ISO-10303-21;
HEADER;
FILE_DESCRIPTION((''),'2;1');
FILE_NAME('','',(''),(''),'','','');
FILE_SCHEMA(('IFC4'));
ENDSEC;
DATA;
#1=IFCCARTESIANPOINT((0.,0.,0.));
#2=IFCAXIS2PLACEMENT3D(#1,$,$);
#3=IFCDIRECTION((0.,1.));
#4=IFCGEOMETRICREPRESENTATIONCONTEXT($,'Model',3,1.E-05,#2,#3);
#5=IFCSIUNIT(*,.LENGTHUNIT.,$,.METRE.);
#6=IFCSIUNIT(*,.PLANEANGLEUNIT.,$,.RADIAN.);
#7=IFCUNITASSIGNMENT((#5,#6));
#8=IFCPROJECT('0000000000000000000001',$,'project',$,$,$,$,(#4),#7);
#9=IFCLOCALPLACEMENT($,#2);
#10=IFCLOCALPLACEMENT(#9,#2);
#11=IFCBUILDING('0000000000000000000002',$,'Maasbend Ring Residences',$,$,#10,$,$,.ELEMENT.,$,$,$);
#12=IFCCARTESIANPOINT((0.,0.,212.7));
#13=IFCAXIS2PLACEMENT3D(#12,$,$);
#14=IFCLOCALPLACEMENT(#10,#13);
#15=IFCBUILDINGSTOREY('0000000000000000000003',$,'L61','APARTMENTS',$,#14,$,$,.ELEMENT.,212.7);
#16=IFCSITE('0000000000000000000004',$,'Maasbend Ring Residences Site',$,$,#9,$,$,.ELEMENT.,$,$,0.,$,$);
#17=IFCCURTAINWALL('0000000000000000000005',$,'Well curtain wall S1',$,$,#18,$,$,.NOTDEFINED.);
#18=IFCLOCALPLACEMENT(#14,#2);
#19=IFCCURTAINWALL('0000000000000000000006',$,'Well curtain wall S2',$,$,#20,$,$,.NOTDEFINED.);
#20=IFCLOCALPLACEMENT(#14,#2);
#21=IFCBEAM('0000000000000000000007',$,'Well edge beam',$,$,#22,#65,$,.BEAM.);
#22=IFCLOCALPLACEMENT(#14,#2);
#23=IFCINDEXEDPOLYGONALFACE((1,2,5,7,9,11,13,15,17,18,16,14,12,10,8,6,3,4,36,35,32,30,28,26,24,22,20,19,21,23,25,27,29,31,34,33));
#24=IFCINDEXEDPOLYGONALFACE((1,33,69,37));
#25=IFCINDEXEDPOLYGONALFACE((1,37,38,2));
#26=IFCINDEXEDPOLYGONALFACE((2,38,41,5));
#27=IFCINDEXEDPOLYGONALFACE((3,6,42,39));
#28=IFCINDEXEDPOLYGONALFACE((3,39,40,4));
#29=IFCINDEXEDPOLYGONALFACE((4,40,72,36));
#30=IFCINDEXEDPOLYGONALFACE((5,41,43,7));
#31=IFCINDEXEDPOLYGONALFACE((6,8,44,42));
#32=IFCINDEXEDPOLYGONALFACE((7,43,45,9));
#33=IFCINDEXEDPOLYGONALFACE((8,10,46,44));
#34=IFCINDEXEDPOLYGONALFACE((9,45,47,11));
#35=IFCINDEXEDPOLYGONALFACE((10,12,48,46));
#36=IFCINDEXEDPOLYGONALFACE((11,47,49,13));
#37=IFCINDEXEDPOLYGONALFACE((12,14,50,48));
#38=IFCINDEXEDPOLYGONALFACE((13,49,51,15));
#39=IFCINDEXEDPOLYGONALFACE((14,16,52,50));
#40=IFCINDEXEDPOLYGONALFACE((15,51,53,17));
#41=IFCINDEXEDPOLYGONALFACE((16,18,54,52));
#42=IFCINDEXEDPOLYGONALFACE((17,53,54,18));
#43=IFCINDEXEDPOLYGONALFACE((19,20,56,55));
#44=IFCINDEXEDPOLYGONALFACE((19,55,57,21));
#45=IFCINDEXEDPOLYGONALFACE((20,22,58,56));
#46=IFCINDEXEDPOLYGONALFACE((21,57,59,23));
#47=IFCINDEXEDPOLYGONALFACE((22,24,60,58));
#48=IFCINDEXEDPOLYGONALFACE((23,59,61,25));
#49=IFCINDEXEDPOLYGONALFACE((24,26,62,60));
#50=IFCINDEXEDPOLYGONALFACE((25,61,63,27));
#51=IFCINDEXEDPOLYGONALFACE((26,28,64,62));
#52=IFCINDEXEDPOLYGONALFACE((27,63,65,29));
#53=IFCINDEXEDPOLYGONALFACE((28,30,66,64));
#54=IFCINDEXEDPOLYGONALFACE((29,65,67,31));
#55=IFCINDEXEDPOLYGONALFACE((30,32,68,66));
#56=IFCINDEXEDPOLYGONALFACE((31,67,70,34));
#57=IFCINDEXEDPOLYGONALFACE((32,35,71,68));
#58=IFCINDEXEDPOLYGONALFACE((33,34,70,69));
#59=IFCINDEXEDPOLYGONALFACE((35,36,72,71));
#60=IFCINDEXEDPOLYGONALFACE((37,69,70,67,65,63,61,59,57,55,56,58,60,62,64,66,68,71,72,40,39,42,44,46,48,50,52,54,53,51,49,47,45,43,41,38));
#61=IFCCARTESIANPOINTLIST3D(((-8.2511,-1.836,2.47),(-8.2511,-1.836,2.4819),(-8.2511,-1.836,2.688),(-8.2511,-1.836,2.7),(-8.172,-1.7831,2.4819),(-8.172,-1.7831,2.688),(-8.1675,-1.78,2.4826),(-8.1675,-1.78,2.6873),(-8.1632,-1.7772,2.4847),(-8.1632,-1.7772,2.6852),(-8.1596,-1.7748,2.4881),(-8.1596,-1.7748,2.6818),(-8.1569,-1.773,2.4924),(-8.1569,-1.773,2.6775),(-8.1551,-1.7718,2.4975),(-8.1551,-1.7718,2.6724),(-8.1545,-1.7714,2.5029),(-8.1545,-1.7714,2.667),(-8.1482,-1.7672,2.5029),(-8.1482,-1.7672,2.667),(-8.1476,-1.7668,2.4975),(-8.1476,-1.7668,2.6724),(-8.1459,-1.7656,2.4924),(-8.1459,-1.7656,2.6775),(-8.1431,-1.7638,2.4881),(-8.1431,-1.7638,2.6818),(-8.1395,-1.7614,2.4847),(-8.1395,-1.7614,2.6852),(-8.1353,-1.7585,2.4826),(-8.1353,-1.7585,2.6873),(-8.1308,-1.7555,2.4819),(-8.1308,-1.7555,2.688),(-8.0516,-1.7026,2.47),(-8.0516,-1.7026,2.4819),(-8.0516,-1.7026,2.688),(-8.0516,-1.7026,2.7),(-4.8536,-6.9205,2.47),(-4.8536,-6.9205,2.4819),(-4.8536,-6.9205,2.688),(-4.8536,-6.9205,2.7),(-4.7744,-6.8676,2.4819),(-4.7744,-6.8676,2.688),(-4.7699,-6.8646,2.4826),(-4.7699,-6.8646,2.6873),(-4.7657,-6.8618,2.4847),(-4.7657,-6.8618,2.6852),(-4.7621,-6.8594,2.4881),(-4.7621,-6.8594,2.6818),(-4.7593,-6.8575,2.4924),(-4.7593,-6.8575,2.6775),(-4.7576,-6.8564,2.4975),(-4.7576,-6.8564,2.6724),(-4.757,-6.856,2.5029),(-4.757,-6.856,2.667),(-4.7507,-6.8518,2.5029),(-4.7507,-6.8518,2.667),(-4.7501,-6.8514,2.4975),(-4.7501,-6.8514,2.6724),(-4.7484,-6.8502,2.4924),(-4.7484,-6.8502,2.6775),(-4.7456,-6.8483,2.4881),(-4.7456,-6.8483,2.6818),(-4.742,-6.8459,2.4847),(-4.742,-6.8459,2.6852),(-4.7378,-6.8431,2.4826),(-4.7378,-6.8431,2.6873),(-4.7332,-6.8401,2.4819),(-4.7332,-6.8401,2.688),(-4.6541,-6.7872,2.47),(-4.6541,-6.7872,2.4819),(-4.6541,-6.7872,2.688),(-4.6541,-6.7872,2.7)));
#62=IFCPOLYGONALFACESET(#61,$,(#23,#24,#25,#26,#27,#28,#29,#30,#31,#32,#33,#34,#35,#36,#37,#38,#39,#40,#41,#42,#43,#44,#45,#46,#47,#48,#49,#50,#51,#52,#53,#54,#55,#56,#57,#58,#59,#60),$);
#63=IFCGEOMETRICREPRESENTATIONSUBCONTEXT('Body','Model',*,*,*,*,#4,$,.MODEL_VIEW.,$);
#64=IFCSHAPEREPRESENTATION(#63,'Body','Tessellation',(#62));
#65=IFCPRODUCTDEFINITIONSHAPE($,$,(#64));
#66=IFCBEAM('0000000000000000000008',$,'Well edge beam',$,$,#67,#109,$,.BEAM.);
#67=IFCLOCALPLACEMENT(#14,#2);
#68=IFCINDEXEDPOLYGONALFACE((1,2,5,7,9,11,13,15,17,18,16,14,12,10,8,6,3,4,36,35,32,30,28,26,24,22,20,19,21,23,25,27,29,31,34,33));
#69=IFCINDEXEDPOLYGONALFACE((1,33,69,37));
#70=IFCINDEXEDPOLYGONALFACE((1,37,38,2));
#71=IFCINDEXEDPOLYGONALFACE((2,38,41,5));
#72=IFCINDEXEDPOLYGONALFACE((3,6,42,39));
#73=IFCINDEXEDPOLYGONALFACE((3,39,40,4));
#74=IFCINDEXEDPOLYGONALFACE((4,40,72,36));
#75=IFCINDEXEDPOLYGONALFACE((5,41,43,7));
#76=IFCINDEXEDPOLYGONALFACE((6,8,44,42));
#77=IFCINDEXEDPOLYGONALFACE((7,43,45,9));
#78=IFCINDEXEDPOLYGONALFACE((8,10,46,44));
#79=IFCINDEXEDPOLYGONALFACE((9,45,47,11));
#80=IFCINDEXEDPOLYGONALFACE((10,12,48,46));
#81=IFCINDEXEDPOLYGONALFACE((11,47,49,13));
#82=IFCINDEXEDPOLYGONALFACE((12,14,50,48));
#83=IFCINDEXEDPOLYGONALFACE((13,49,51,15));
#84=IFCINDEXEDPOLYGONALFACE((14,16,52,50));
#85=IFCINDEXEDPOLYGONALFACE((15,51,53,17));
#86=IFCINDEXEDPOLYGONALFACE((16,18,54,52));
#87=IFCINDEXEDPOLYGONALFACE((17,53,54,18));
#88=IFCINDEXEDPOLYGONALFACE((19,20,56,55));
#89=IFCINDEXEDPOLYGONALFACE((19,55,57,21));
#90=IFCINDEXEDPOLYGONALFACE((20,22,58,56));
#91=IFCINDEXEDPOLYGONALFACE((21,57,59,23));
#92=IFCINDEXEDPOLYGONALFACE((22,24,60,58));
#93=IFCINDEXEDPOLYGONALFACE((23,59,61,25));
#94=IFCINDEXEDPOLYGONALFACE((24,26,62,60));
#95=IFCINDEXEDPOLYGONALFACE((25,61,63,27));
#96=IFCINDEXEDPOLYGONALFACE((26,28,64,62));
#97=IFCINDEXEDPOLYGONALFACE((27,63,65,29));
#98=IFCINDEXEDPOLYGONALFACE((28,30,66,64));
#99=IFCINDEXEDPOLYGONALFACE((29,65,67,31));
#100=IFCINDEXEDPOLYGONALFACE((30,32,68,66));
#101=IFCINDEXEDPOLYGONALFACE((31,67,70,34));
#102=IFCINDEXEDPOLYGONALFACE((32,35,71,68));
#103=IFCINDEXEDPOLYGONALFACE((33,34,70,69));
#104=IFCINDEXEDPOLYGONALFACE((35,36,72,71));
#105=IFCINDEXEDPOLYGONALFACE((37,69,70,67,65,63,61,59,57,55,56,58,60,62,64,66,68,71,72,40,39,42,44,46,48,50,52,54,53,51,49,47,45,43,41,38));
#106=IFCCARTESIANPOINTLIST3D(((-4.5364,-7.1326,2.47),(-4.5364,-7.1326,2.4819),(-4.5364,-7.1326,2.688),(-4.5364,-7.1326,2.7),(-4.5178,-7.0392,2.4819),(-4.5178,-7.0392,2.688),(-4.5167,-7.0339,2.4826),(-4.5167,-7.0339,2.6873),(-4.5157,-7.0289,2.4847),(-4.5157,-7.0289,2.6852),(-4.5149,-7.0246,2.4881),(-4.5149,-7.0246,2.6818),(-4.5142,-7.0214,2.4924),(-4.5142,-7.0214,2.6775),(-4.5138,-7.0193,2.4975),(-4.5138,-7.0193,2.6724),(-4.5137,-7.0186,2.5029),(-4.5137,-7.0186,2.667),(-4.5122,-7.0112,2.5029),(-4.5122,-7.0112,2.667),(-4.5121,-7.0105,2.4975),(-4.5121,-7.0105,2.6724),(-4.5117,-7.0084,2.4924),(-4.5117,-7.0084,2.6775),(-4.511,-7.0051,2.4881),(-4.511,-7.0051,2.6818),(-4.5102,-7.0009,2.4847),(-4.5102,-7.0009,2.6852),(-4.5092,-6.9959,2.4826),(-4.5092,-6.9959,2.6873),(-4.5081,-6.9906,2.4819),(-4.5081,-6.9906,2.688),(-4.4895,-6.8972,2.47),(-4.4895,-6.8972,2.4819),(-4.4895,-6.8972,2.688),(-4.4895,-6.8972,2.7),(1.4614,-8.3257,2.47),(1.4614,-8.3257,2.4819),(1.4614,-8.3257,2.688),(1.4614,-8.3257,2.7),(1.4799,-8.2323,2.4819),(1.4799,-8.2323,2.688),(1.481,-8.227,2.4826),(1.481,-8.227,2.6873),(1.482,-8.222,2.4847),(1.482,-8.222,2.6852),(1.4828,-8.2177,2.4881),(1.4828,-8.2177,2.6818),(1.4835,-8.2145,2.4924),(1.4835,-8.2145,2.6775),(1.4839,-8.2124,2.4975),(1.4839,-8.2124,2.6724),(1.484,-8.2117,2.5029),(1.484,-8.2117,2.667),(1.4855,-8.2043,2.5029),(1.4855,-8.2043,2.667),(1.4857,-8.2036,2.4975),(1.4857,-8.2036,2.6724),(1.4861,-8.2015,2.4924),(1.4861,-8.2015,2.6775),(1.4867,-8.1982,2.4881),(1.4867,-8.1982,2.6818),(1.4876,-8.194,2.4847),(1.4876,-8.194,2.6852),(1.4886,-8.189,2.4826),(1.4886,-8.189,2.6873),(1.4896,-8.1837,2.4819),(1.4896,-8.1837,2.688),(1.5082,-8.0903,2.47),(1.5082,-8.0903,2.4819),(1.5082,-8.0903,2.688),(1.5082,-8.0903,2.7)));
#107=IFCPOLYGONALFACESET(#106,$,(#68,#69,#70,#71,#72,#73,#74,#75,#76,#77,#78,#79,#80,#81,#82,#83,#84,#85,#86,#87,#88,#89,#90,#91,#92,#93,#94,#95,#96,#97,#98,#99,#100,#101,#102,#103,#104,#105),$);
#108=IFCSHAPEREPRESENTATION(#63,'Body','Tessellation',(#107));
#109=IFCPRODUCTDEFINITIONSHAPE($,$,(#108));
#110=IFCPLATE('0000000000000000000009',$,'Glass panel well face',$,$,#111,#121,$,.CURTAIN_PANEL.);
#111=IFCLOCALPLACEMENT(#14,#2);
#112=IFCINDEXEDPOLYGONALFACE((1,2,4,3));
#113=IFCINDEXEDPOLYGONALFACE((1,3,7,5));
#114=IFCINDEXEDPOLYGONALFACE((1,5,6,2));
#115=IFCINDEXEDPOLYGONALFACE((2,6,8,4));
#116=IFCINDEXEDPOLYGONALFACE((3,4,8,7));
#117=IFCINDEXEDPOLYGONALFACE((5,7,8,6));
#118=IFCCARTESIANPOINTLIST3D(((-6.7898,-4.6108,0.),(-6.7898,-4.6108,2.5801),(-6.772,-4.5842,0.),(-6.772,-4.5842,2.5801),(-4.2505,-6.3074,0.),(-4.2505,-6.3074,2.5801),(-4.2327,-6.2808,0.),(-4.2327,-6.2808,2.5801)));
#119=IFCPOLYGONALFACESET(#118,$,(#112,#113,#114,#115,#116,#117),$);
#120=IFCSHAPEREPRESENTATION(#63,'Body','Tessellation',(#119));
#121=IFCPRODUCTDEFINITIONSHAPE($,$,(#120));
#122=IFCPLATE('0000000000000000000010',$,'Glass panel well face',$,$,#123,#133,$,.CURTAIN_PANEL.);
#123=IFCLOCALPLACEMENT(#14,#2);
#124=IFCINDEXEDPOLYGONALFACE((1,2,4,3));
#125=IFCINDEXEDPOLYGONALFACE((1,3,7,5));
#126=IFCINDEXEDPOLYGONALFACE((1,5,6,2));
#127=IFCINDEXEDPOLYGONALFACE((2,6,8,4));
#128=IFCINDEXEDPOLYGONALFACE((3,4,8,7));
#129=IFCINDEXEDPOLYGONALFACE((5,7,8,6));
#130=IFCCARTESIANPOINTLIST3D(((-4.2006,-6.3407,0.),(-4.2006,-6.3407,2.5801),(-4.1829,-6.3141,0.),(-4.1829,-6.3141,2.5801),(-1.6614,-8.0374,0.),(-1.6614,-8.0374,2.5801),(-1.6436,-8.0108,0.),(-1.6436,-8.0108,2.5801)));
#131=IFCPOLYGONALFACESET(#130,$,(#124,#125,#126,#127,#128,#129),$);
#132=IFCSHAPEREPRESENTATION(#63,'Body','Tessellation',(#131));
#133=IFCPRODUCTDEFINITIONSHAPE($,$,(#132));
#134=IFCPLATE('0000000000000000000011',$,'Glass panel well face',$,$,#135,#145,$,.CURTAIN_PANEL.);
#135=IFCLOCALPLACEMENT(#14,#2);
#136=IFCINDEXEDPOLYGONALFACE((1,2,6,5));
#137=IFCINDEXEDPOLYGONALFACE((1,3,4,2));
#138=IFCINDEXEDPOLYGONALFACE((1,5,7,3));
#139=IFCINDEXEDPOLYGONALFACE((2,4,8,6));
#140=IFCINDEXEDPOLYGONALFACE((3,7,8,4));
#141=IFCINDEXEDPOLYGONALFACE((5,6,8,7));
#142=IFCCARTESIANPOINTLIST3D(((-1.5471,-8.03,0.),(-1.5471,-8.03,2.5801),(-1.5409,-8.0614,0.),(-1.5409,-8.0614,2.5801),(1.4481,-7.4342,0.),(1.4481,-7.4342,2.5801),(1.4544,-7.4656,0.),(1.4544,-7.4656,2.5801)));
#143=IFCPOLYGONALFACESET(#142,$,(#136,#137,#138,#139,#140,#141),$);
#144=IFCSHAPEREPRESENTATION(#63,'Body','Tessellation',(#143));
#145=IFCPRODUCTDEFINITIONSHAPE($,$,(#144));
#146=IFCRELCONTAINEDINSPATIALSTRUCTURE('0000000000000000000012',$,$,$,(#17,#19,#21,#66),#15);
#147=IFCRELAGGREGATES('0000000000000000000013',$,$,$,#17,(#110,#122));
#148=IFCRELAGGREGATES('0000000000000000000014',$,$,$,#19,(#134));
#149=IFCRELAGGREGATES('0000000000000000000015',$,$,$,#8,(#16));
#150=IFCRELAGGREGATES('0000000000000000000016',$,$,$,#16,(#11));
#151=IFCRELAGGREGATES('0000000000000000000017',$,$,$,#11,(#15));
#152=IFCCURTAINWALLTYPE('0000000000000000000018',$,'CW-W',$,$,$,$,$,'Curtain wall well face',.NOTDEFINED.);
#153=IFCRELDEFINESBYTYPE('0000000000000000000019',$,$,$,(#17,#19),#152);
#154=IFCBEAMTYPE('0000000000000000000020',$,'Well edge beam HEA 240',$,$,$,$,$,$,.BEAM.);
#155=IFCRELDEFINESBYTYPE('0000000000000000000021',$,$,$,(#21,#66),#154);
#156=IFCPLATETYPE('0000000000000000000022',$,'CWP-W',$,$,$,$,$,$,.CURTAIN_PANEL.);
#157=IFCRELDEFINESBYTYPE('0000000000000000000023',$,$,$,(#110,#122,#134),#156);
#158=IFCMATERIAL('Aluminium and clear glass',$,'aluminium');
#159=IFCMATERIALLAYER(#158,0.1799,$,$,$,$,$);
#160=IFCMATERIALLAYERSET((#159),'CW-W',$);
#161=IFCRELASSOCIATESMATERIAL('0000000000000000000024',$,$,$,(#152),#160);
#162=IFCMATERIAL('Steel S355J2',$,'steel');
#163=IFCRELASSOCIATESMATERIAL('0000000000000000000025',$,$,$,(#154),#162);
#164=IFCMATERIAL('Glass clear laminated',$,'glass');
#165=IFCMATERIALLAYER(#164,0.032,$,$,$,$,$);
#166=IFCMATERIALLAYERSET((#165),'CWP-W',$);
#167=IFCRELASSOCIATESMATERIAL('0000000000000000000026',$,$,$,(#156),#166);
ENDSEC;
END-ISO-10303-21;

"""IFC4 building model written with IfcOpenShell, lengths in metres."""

from ifc_helpers import new_model, si_unit, direction, frame, origin, origin_2d, place, context, subcontext, project, spatial, rectangle, i_section, extrude, material, layer, layer_set, material_profile, profile_set, type_object, element, aggregate, save


model = new_model("IFC4")

# Units and contexts
model_context = context("Model", 3, precision=1e-05, world=origin(), true_north=direction((0.0, 1.0)))
body_context = subcontext(model_context, "Body", "Model", "MODEL_VIEW")
ifc_project = project(units=[si_unit("LENGTHUNIT", "METRE"), si_unit("PLANEANGLEUNIT", "RADIAN")], contexts=[model_context])

# Site, building, storey
site_placement = place(None, origin())
site = spatial("IfcSite", under=ifc_project, at=site_placement, Name="Maasbend Ring Residences Site", CompositionType="ELEMENT", RefElevation=0.0)
building_placement = place(site_placement, origin())
building = spatial("IfcBuilding", under=site, at=building_placement, Name="Maasbend Ring Residences", CompositionType="ELEMENT")
storey_placement = place(building_placement, frame((0.0, 0.0, 212.7)))
storey = spatial("IfcBuildingStorey", under=building, at=storey_placement, Name="L61", Description="APARTMENTS", CompositionType="ELEMENT", Elevation=212.7)

# Curtain wall
ifc_material_1 = material(Name="Aluminium and clear glass", Category="aluminium")
ifc_layer_1 = layer(ifc_material_1, 0.1799)
ifc_layer_set_1 = layer_set([ifc_layer_1], Name="CW-W")
curtain_wall_type = type_object("IfcCurtainWallType", Name="CW-W", ElementType="Curtain wall well face", PredefinedType="NOTDEFINED", material=ifc_layer_set_1)
curtain_wall_1_placement = place(storey_placement, origin())
curtain_wall_1 = element("IfcCurtainWall", 1, at=curtain_wall_1_placement, inside=storey, type_object=curtain_wall_type, Name="Well curtain wall S1", PredefinedType="NOTDEFINED")

# Curtain wall
curtain_wall_2_placement = place(storey_placement, origin())
curtain_wall_2 = element("IfcCurtainWall", 2, at=curtain_wall_2_placement, inside=storey, type_object=curtain_wall_type, Name="Well curtain wall S2", PredefinedType="NOTDEFINED")

# Beams
ifc_material_2 = material(Name="Steel S355J2", Category="steel")
ifc_material_profile_1 = material_profile(ifc_material_2, i_section(OverallWidth=0.24, OverallDepth=0.23, WebThickness=0.0076, FlangeThickness=0.012, FilletRadius=0.021, at=origin_2d()), Name="HEA 240")
ifc_profile_set_1 = profile_set([ifc_material_profile_1], Name="Steel S355J2")
beam_type = type_object("IfcBeamType", Name="Well edge beam HEA 240", PredefinedType="BEAM", material=ifc_profile_set_1)
for number, where, z_axis, x_axis, name in (
    (3, (-8.1514, -1.7693, 2.585), (0.555584, -0.83146, 0.0), (0.83146, 0.555584, 0.0), "Well edge beam"),
    (4, (-4.5129, -7.0149, 2.585), (0.980783, -0.195103, 0.0), (0.195103, 0.980783, 0.0), "Well edge beam"),
):
    element("IfcBeam", number, at=place(storey_placement, frame(where, z_axis=z_axis, x_axis=x_axis)), inside=storey, type_object=beam_type, Name=name, PredefinedType="BEAM", context=body_context, shape_type="SweptSolid", body=[
        extrude(i_section(OverallWidth=0.24, OverallDepth=0.23, WebThickness=0.0076, FlangeThickness=0.012, FilletRadius=0.021, at=origin_2d()), origin(), (0.0, 0.0, 1.0), 6.1152),
    ])

# Plates
ifc_material_3 = material(Name="Glass clear laminated", Category="glass")
ifc_layer_2 = layer(ifc_material_3, 0.032)
ifc_layer_set_2 = layer_set([ifc_layer_2], Name="CWP-W")
plate_type = type_object("IfcPlateType", Name="CWP-W", PredefinedType="CURTAIN_PANEL", material=ifc_layer_set_2)
plate_1_placement = place(storey_placement, frame((-5.5112, -5.4458, 0.0), z_axis=(0.0, 0.0, 1.0), x_axis=(0.83147, -0.55557, 0.0)))
plate_1 = element("IfcPlate", 5, at=plate_1_placement, type_object=plate_type, Name="Glass panel well face", PredefinedType="CURTAIN_PANEL", context=body_context, shape_type="SweptSolid", body=[
    extrude(rectangle(XDim=3.054, YDim=0.032, at=origin_2d()), origin(), (0.0, 0.0, 1.0), 2.5801),
])
plate_2_placement = place(storey_placement, frame((-2.9221, -7.1758, 0.0), z_axis=(0.0, 0.0, 1.0), x_axis=(0.83147, -0.55557, 0.0)))
plate_2 = element("IfcPlate", 6, at=plate_2_placement, type_object=plate_type, Name="Glass panel well face", PredefinedType="CURTAIN_PANEL", context=body_context, shape_type="SweptSolid", body=[
    extrude(rectangle(XDim=3.054, YDim=0.032, at=origin_2d()), origin(), (0.0, 0.0, 1.0), 2.5801),
])
aggregate(curtain_wall_1, [plate_1, plate_2])
plate_3_placement = place(storey_placement, frame((-0.0464, -7.7478, 0.0), z_axis=(0.0, 0.0, 1.0), x_axis=(0.980785, 0.19509, 0.0)))
plate_3 = element("IfcPlate", 7, at=plate_3_placement, type_object=plate_type, Name="Glass panel well face", PredefinedType="CURTAIN_PANEL", context=body_context, shape_type="SweptSolid", body=[
    extrude(rectangle(XDim=3.054, YDim=0.032, at=origin_2d()), origin(), (0.0, 0.0, 1.0), 2.5801),
])
aggregate(curtain_wall_2, [plate_3])

save(model, "model.ifc")
